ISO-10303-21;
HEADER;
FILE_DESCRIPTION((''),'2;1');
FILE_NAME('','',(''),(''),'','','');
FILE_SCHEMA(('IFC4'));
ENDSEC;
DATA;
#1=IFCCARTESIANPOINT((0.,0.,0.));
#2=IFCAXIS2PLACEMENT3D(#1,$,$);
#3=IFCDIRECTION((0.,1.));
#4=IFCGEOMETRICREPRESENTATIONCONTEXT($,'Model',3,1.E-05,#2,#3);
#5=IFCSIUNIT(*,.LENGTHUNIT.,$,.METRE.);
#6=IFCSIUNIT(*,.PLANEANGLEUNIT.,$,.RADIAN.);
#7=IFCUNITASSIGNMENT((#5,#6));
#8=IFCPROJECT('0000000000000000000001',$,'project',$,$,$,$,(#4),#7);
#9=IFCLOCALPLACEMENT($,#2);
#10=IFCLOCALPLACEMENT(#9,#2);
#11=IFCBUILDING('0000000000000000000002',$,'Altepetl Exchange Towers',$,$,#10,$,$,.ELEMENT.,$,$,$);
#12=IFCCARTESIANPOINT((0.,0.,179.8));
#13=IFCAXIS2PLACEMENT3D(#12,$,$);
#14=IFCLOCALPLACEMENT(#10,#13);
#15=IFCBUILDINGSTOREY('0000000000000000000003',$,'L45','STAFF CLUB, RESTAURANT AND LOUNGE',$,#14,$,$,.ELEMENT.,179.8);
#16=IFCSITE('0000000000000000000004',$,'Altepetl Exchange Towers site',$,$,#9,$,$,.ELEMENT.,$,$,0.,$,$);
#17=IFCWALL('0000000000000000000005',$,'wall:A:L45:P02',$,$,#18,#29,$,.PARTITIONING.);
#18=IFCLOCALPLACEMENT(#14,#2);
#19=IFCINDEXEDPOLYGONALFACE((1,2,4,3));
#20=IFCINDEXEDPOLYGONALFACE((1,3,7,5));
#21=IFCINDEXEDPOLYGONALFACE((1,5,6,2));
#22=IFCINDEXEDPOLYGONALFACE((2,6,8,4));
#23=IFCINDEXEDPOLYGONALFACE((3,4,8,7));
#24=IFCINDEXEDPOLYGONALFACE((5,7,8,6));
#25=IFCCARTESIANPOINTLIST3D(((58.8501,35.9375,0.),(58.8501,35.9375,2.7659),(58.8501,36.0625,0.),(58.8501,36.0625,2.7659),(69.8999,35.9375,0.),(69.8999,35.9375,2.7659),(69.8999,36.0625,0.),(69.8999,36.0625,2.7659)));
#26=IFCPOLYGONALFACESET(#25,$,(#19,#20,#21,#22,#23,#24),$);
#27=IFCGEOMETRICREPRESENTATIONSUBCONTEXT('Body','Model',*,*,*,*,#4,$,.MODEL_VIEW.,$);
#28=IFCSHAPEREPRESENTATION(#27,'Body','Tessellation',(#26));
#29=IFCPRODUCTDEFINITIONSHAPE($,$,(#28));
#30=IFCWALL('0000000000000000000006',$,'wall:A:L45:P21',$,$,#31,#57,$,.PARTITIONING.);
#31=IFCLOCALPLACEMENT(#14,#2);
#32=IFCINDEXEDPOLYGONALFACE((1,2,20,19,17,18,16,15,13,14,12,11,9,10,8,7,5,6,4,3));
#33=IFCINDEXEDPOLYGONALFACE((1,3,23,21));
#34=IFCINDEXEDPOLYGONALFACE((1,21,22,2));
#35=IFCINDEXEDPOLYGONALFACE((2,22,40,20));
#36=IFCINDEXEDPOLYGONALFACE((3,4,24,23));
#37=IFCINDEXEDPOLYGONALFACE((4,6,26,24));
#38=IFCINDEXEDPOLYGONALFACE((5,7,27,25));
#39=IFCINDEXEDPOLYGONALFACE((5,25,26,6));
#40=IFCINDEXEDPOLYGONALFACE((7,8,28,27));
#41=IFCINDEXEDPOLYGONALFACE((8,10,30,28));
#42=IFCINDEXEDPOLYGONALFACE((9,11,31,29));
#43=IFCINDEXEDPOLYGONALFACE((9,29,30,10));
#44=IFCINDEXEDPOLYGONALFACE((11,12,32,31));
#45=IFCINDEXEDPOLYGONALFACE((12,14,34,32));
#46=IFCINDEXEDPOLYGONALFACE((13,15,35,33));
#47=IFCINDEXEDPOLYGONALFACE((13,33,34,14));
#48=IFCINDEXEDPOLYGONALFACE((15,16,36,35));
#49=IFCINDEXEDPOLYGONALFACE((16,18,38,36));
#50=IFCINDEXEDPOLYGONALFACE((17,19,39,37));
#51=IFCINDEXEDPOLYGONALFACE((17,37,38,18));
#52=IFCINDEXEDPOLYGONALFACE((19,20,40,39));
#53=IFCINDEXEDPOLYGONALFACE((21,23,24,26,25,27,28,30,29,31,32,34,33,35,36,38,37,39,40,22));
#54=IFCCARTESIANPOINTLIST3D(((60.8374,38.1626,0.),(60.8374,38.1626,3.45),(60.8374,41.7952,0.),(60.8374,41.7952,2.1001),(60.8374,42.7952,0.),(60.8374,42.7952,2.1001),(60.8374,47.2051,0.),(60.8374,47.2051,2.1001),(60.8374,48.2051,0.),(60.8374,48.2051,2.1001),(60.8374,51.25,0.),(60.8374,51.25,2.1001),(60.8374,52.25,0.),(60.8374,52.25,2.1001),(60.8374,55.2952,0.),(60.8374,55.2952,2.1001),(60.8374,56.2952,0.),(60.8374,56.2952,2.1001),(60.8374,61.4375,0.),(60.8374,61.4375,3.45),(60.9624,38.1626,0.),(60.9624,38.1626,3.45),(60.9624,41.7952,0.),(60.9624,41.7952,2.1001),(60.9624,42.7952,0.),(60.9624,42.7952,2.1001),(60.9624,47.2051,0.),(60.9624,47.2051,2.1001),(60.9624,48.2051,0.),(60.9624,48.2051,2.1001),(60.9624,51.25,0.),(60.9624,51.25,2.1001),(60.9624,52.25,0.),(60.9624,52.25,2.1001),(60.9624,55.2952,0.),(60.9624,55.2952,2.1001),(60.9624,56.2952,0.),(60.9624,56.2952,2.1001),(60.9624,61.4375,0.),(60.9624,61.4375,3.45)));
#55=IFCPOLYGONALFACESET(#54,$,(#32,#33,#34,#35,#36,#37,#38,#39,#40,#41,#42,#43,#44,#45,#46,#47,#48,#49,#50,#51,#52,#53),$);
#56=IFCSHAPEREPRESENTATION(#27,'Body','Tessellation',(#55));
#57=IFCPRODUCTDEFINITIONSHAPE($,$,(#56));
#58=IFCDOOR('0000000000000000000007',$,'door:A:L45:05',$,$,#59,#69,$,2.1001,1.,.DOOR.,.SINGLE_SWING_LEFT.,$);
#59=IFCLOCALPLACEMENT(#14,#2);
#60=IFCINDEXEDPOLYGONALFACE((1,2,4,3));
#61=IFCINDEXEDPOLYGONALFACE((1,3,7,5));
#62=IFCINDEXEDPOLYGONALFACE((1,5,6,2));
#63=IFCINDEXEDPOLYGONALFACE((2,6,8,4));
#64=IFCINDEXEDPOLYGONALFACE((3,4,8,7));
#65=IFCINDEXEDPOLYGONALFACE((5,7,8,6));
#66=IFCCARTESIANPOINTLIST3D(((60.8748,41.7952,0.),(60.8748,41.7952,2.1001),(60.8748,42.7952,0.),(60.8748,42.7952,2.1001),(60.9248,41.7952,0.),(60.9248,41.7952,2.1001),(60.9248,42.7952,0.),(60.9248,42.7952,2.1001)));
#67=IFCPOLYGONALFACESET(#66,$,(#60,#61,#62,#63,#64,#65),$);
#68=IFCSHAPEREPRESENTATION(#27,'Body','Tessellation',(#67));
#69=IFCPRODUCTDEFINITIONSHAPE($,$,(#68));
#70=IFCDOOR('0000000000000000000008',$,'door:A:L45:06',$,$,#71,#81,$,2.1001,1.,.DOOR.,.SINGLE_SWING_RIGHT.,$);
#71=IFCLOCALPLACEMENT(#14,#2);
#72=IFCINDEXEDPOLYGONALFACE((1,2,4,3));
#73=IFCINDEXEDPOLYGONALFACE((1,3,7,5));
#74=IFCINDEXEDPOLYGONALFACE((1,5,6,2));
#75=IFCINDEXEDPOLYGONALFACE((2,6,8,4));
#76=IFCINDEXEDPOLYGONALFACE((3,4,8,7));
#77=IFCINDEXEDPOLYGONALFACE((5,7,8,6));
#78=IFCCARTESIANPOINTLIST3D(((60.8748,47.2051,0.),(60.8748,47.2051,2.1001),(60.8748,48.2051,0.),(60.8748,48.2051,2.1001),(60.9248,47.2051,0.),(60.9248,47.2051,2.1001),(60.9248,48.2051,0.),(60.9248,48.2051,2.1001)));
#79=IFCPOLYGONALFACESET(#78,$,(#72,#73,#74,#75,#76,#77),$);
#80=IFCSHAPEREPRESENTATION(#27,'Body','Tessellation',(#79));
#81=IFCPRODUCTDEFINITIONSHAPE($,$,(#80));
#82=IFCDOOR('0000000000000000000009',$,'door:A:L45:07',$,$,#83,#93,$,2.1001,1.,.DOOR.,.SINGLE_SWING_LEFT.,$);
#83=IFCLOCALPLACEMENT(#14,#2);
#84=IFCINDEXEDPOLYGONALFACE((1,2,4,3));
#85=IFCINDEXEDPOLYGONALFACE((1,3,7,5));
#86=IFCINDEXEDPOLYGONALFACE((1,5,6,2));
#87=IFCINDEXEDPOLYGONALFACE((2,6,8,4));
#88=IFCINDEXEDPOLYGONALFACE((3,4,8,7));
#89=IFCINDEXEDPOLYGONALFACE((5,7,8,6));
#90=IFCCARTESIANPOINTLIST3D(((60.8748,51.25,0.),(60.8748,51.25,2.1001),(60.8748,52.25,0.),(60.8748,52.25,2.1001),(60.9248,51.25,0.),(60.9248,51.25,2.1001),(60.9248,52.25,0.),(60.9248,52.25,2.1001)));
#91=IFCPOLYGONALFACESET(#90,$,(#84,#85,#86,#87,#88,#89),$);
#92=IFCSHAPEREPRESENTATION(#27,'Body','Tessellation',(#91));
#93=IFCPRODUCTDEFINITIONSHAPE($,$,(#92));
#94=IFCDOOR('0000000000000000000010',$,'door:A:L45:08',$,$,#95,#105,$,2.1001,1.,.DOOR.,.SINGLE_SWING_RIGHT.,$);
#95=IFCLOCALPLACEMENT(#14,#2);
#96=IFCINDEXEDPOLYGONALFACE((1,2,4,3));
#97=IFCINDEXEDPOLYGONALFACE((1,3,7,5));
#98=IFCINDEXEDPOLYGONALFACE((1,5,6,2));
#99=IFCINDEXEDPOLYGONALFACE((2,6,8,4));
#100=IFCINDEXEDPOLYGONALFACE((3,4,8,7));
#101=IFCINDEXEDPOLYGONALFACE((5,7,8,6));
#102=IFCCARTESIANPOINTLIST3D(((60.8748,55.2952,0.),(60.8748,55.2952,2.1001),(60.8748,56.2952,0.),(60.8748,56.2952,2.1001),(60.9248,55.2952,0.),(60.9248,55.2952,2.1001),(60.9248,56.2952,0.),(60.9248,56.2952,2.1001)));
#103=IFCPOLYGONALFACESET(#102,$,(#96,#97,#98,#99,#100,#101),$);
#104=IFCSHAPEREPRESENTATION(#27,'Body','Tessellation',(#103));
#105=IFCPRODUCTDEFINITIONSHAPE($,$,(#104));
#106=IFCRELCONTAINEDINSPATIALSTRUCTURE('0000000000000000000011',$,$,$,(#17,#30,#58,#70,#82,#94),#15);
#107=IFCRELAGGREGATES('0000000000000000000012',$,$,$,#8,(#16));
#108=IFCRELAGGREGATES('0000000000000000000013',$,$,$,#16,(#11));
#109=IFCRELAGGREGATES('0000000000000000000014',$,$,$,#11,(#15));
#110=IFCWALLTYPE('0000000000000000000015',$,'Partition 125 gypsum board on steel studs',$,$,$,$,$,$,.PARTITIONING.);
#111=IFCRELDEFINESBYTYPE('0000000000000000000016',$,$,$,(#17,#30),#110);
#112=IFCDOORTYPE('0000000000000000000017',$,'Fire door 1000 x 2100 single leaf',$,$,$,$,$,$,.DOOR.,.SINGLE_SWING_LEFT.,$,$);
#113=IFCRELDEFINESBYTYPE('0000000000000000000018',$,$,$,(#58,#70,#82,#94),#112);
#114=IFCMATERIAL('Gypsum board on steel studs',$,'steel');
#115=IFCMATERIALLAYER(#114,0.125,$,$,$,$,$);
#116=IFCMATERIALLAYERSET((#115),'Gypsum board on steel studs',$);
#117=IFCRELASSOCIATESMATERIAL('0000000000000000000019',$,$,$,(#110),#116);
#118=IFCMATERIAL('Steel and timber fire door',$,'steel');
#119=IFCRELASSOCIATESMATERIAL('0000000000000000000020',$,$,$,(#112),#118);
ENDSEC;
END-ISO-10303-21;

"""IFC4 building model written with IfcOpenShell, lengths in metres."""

from ifc_helpers import new_model, si_unit, direction, frame, frame_2d, origin, place, context, subcontext, project, spatial, rectangle, extrude, material, layer, layer_set, type_object, element, fill, save


model = new_model("IFC4")

# Units and contexts
model_context = context("Model", 3, precision=1e-05, world=origin(), true_north=direction((0.0, 1.0)))
body_context = subcontext(model_context, "Body", "Model", "MODEL_VIEW")
ifc_project = project(units=[si_unit("LENGTHUNIT", "METRE"), si_unit("PLANEANGLEUNIT", "RADIAN")], contexts=[model_context])

# Site, building, storey
site_placement = place(None, origin())
site = spatial("IfcSite", under=ifc_project, at=site_placement, Name="Altepetl Exchange Towers site", CompositionType="ELEMENT", RefElevation=0.0)
building_placement = place(site_placement, origin())
building = spatial("IfcBuilding", under=site, at=building_placement, Name="Altepetl Exchange Towers", CompositionType="ELEMENT")
storey_placement = place(building_placement, frame((0.0, 0.0, 179.8)))
storey = spatial("IfcBuildingStorey", under=building, at=storey_placement, Name="L45", Description="STAFF CLUB, RESTAURANT AND LOUNGE", CompositionType="ELEMENT", Elevation=179.8)

# Wall
ifc_material_1 = material(Name="Gypsum board on steel studs", Category="steel")
ifc_layer_1 = layer(ifc_material_1, 0.125)
ifc_layer_set_1 = layer_set([ifc_layer_1], Name="Gypsum board on steel studs")
wall_type = type_object("IfcWallType", Name="Partition 125 gypsum board on steel studs", PredefinedType="PARTITIONING", material=ifc_layer_set_1)
wall_1_placement = place(storey_placement, frame((58.8501, 36.0, 0.0)))
element("IfcWall", 1, at=wall_1_placement, inside=storey, type_object=wall_type, Name="wall:A:L45:P02", PredefinedType="PARTITIONING", context=body_context, shape_type="SweptSolid", body=[
    extrude(rectangle(XDim=11.0498, YDim=0.125, at=frame_2d((5.5249, 0.0))), origin(), (0.0, 0.0, 1.0), 2.7659),
])

# Wall, openings, doors
wall_2_placement = place(storey_placement, frame((60.8999, 38.1626, 0.0), z_axis=(0.0, 0.0, 1.0), x_axis=(0.0, 1.0, 0.0)))
wall_2 = element("IfcWall", 2, at=wall_2_placement, inside=storey, type_object=wall_type, Name="wall:A:L45:P21", PredefinedType="PARTITIONING", context=body_context, shape_type="SweptSolid", body=[
    extrude(rectangle(XDim=23.2749, YDim=0.125, at=frame_2d((11.6375, 0.0))), origin(), (0.0, 0.0, 1.0), 3.45),
])
opening_1_placement = place(wall_2_placement, frame((3.6326, 0.0, 0.0)))
opening_1 = element("IfcOpeningElement", 3, at=opening_1_placement, cuts=wall_2, PredefinedType="OPENING", context=body_context, shape_type="SweptSolid", body=[
    extrude(rectangle(XDim=1.0, YDim=2.1001, at=frame_2d((0.5, 1.05))), frame((0.0, 0.0725, 0.0), z_axis=(0.0, -1.0, 0.0), x_axis=(1.0, 0.0, 0.0)), (0.0, 0.0, 1.0), 0.145),
])
opening_2_placement = place(wall_2_placement, frame((9.0425, 0.0, 0.0)))
opening_2 = element("IfcOpeningElement", 4, at=opening_2_placement, cuts=wall_2, PredefinedType="OPENING", context=body_context, shape_type="SweptSolid", body=[
    extrude(rectangle(XDim=1.0, YDim=2.1001, at=frame_2d((0.5, 1.05))), frame((0.0, 0.0725, 0.0), z_axis=(0.0, -1.0, 0.0), x_axis=(1.0, 0.0, 0.0)), (0.0, 0.0, 1.0), 0.145),
])
opening_3_placement = place(wall_2_placement, frame((13.0874, 0.0, 0.0)))
opening_3 = element("IfcOpeningElement", 5, at=opening_3_placement, cuts=wall_2, PredefinedType="OPENING", context=body_context, shape_type="SweptSolid", body=[
    extrude(rectangle(XDim=1.0, YDim=2.1001, at=frame_2d((0.5, 1.05))), frame((0.0, 0.0725, 0.0), z_axis=(0.0, -1.0, 0.0), x_axis=(1.0, 0.0, 0.0)), (0.0, 0.0, 1.0), 0.145),
])
opening_4_placement = place(wall_2_placement, frame((17.1326, 0.0, 0.0)))
opening_4 = element("IfcOpeningElement", 6, at=opening_4_placement, cuts=wall_2, PredefinedType="OPENING", context=body_context, shape_type="SweptSolid", body=[
    extrude(rectangle(XDim=1.0, YDim=2.1001, at=frame_2d((0.5, 1.05))), frame((0.0, 0.0725, 0.0), z_axis=(0.0, -1.0, 0.0), x_axis=(1.0, 0.0, 0.0)), (0.0, 0.0, 1.0), 0.145),
])
ifc_material_2 = material(Name="Steel and timber fire door", Category="steel")
door_type = type_object("IfcDoorType", Name="Fire door 1000 x 2100 single leaf", OperationType="SINGLE_SWING_LEFT", PredefinedType="DOOR", material=ifc_material_2)
door_1_placement = place(opening_1_placement, frame((1.0, 0.0, 0.0), x_axis=(-1.0, 0.0, 0.0)))
door_1 = element("IfcDoor", 7, at=door_1_placement, inside=storey, type_object=door_type, Name="door:A:L45:05", OperationType="SINGLE_SWING_LEFT", OverallHeight=2.1001, OverallWidth=1.0, PredefinedType="DOOR", context=body_context, shape_type="SweptSolid", body=[
    extrude(rectangle(XDim=1.0, YDim=2.1001, at=frame_2d((0.5, 1.05))), frame((0.0, 0.0249, 0.0), z_axis=(0.0, -1.0, 0.0), x_axis=(1.0, 0.0, 0.0)), (0.0, 0.0, 1.0), 0.05),
])
fill(opening_1, door_1)
door_2_placement = place(opening_2_placement, frame((1.0, 0.0, 0.0), x_axis=(-1.0, 0.0, 0.0)))
door_2 = element("IfcDoor", 8, at=door_2_placement, inside=storey, type_object=door_type, Name="door:A:L45:06", OperationType="SINGLE_SWING_RIGHT", OverallHeight=2.1001, OverallWidth=1.0, PredefinedType="DOOR", context=body_context, shape_type="SweptSolid", body=[
    extrude(rectangle(XDim=1.0, YDim=2.1001, at=frame_2d((0.5, 1.05))), frame((0.0, 0.0249, 0.0), z_axis=(0.0, -1.0, 0.0), x_axis=(1.0, 0.0, 0.0)), (0.0, 0.0, 1.0), 0.05),
])
fill(opening_2, door_2)
door_3_placement = place(opening_3_placement, frame((1.0, 0.0, 0.0), x_axis=(-1.0, 0.0, 0.0)))
door_3 = element("IfcDoor", 9, at=door_3_placement, inside=storey, type_object=door_type, Name="door:A:L45:07", OperationType="SINGLE_SWING_LEFT", OverallHeight=2.1001, OverallWidth=1.0, PredefinedType="DOOR", context=body_context, shape_type="SweptSolid", body=[
    extrude(rectangle(XDim=1.0, YDim=2.1001, at=frame_2d((0.5, 1.05))), frame((0.0, 0.0249, 0.0), z_axis=(0.0, -1.0, 0.0), x_axis=(1.0, 0.0, 0.0)), (0.0, 0.0, 1.0), 0.05),
])
fill(opening_3, door_3)
door_4_placement = place(opening_4_placement, frame((1.0, 0.0, 0.0), x_axis=(-1.0, 0.0, 0.0)))
door_4 = element("IfcDoor", 10, at=door_4_placement, inside=storey, type_object=door_type, Name="door:A:L45:08", OperationType="SINGLE_SWING_RIGHT", OverallHeight=2.1001, OverallWidth=1.0, PredefinedType="DOOR", context=body_context, shape_type="SweptSolid", body=[
    extrude(rectangle(XDim=1.0, YDim=2.1001, at=frame_2d((0.5, 1.05))), frame((0.0, 0.0249, 0.0), z_axis=(0.0, -1.0, 0.0), x_axis=(1.0, 0.0, 0.0)), (0.0, 0.0, 1.0), 0.05),
])
fill(opening_4, door_4)

save(model, "model.ifc")
